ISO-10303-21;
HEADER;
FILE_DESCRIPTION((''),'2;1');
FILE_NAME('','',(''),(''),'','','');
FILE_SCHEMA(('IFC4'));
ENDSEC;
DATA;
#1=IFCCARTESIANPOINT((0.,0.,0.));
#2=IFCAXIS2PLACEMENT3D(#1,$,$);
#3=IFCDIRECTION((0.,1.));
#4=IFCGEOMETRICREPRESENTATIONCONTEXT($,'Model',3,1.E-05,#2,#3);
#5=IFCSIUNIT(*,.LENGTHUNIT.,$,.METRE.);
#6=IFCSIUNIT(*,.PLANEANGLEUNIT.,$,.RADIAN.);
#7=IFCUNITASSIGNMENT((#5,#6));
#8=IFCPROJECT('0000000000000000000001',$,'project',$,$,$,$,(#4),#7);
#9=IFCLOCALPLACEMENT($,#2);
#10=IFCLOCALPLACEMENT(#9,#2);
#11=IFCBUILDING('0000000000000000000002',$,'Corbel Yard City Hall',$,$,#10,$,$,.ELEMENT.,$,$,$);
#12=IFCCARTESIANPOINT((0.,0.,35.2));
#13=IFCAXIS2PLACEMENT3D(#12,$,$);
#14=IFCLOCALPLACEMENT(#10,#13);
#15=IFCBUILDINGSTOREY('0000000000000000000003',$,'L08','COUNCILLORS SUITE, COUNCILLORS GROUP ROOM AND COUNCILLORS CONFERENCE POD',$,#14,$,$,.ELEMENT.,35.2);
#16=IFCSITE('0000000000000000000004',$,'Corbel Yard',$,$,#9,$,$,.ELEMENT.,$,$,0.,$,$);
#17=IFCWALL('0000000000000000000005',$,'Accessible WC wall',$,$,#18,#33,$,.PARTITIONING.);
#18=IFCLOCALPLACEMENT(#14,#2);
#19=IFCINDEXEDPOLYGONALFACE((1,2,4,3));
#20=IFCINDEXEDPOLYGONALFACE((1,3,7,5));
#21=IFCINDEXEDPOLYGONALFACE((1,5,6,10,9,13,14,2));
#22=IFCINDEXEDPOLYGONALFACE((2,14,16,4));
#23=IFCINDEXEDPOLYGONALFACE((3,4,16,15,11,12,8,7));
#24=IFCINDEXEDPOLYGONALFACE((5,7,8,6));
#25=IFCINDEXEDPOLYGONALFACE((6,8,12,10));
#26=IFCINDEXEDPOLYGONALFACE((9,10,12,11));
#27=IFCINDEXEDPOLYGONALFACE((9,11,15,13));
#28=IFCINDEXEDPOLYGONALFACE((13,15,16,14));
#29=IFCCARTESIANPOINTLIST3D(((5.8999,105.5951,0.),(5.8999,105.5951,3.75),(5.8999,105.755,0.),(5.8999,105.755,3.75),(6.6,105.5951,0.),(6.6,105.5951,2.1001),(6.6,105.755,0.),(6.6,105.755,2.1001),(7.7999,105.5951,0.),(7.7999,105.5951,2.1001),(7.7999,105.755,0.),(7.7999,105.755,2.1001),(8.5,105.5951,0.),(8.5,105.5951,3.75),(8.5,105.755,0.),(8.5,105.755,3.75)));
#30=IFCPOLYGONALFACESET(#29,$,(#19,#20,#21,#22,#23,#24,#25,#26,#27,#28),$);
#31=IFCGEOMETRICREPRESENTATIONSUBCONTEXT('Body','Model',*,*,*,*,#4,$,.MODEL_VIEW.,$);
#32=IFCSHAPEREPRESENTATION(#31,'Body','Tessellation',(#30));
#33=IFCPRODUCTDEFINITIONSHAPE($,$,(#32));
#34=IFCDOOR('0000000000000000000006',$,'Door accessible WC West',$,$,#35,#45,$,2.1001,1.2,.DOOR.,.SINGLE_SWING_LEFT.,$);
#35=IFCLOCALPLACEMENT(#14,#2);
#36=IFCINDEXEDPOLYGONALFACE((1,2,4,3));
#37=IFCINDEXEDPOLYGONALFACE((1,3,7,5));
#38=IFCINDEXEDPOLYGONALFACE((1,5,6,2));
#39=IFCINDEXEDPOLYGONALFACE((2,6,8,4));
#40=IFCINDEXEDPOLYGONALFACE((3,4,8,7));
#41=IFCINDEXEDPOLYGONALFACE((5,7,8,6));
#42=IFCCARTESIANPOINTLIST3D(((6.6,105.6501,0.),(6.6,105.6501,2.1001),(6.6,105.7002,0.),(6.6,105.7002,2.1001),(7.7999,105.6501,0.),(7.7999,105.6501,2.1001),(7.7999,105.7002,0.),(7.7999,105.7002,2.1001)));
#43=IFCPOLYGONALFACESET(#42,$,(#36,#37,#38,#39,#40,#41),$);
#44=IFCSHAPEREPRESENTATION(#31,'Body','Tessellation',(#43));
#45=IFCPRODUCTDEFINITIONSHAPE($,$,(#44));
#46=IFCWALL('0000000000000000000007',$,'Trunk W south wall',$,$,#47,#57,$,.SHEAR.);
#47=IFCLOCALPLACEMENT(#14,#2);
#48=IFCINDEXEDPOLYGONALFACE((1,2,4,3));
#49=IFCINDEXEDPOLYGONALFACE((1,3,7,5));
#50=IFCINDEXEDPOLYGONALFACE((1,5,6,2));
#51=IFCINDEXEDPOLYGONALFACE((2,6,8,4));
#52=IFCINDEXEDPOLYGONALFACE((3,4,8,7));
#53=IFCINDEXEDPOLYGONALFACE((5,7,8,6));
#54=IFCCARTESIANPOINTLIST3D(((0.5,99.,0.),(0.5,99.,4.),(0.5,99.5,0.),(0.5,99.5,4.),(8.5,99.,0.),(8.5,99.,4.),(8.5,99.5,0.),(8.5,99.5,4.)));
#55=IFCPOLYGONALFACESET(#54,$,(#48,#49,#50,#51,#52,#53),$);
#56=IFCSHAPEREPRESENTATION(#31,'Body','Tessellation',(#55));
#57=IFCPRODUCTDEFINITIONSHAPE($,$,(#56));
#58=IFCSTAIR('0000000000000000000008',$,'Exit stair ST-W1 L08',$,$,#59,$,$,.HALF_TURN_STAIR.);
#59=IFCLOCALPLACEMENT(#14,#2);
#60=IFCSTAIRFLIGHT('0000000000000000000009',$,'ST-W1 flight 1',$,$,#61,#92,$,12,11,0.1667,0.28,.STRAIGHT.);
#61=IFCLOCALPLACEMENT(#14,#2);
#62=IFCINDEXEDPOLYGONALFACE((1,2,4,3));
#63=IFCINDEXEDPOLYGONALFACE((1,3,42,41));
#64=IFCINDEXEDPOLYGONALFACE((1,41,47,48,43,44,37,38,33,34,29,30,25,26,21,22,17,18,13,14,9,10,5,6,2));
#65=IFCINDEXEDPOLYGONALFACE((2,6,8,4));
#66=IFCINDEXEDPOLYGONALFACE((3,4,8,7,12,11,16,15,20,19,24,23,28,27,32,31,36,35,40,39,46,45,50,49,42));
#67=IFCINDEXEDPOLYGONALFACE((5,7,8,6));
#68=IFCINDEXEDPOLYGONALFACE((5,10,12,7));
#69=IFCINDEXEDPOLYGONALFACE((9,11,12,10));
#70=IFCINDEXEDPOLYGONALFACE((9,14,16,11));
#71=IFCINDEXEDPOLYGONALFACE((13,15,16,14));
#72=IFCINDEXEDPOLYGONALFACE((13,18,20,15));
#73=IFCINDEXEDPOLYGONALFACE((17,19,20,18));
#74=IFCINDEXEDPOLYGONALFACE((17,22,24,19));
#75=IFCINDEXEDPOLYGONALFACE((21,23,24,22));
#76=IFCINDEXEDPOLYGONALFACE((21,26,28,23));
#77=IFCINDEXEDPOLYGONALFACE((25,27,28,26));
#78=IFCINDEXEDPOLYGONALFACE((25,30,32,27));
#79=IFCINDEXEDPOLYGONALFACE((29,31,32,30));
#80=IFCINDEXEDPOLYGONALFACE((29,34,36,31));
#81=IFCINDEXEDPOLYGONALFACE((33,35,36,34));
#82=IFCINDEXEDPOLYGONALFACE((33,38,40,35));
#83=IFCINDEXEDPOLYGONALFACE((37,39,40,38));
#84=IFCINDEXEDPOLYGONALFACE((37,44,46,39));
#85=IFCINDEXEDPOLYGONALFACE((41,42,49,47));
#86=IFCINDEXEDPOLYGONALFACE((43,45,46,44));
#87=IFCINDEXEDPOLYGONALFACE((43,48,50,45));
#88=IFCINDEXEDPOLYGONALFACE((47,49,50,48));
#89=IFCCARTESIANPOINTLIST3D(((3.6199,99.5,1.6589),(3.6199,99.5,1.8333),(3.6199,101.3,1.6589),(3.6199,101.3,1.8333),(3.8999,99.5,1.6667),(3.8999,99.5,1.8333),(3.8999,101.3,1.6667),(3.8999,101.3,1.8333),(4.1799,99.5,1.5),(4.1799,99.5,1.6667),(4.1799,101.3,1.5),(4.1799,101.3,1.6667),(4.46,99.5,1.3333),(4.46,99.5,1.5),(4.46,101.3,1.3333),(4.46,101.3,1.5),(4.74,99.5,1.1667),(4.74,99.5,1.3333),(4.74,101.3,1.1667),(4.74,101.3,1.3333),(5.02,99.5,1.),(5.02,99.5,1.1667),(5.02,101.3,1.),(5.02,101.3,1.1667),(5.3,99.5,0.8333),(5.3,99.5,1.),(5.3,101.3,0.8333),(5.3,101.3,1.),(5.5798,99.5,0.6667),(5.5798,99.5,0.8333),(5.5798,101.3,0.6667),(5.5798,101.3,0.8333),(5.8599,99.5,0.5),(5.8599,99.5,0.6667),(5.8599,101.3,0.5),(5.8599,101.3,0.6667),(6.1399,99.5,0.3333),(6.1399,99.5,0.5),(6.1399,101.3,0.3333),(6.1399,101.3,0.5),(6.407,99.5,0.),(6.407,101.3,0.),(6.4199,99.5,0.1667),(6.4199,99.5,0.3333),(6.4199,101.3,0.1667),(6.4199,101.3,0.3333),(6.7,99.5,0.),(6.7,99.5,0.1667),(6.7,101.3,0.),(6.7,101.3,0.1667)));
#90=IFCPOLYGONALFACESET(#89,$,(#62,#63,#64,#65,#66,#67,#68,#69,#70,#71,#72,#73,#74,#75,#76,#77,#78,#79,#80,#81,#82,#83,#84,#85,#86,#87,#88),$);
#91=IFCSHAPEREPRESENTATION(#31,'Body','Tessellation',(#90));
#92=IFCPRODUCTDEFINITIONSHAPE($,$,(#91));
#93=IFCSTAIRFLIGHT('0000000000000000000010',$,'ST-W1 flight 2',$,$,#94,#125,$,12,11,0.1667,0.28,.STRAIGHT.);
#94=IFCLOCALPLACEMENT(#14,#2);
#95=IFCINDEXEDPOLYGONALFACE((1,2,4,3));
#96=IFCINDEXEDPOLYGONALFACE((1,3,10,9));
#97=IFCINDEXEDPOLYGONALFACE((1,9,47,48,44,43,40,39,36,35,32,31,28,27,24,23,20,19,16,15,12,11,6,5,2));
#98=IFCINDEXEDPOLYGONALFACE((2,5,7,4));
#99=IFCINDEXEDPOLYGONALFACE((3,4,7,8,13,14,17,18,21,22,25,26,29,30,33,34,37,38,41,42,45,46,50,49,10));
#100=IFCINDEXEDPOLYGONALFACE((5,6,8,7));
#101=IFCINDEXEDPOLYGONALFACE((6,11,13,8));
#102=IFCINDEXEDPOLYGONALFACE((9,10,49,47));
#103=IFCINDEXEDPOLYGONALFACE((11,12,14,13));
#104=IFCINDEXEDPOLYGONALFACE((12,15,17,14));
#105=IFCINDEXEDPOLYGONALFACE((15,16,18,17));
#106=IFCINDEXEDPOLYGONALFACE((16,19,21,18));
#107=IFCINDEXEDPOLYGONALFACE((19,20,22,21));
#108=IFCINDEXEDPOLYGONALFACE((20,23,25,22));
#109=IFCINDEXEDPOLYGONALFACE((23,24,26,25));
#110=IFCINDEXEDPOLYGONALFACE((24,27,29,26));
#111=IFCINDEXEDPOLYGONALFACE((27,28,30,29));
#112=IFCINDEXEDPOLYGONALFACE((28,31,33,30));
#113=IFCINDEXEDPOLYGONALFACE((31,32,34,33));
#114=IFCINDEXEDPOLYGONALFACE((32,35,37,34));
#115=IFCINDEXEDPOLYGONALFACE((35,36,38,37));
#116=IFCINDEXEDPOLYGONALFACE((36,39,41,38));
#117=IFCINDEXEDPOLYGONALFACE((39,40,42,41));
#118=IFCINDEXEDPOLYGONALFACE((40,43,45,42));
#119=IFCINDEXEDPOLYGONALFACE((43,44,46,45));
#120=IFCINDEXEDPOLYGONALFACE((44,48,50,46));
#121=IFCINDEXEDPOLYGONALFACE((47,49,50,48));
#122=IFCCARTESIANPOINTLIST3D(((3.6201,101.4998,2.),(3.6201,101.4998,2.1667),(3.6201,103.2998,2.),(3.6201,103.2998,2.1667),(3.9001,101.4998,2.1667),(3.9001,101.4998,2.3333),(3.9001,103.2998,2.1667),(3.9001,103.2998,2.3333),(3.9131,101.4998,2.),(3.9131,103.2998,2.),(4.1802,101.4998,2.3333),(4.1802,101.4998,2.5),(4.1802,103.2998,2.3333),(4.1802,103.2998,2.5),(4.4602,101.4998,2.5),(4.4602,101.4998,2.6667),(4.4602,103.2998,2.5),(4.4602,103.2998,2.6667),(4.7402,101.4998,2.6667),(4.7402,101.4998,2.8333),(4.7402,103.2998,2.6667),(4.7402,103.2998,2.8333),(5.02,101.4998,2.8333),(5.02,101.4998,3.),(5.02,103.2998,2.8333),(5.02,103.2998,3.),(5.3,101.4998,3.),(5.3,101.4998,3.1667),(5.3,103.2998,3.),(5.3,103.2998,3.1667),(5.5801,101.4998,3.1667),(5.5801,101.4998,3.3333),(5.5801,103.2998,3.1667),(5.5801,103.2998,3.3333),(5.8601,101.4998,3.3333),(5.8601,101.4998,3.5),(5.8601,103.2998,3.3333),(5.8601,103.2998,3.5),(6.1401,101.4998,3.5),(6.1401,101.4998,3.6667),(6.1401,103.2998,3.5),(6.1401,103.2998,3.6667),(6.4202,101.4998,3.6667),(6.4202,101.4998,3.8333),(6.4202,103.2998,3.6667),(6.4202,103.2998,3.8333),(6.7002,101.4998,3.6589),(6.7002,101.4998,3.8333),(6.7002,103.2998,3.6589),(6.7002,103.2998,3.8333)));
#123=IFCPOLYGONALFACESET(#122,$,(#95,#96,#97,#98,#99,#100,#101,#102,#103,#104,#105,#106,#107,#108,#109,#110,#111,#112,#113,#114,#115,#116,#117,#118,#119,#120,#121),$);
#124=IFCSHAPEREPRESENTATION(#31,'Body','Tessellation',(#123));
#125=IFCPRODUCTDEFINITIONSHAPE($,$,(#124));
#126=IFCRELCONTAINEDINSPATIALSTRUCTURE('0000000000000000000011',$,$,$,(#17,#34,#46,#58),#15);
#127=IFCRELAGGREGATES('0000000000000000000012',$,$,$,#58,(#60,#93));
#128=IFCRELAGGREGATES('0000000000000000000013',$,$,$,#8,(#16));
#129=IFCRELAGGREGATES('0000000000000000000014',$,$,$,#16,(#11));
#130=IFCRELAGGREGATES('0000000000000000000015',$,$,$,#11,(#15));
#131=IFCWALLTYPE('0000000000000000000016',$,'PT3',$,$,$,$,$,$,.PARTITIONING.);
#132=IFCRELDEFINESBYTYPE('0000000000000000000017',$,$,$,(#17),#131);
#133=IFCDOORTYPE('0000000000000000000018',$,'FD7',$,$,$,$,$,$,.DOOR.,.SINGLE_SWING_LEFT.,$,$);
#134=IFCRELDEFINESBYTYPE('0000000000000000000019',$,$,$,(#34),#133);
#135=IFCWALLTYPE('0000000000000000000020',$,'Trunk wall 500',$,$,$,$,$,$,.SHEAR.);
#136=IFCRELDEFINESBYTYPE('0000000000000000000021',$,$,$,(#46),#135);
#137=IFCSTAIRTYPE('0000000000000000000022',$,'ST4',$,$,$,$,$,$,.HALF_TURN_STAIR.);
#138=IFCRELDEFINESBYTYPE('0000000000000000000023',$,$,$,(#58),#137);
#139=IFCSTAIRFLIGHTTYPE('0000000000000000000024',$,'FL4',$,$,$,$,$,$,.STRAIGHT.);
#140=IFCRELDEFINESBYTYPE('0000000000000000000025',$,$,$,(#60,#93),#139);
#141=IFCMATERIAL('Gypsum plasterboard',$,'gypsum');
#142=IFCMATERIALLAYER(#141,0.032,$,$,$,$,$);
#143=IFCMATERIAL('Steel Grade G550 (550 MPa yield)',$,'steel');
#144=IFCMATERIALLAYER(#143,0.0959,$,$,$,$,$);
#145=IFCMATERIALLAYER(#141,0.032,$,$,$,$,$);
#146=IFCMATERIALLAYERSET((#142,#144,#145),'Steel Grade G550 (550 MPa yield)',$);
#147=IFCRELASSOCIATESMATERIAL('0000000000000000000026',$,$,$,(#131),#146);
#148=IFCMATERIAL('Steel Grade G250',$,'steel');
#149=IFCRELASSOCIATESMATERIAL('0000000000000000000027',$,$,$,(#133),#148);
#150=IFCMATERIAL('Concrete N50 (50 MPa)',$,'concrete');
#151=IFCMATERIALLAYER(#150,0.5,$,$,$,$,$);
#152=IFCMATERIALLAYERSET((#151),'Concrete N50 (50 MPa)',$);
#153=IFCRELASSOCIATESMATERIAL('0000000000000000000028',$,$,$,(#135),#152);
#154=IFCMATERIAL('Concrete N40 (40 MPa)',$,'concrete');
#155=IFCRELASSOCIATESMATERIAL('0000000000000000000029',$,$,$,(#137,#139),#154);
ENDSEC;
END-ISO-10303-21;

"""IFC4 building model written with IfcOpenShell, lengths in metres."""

from ifc_helpers import new_model, si_unit, direction, frame, frame_2d, origin, place, context, subcontext, project, spatial, polyline, rectangle, outline, extrude, material, layer, layer_set, type_object, element, fill, aggregate, save


model = new_model("IFC4")

# Units and contexts
model_context = context("Model", 3, precision=1e-05, world=origin(), true_north=direction((0.0, 1.0)))
body_context = subcontext(model_context, "Body", "Model", "MODEL_VIEW")
ifc_project = project(units=[si_unit("LENGTHUNIT", "METRE"), si_unit("PLANEANGLEUNIT", "RADIAN")], contexts=[model_context])

# Site, building, storey
site_placement = place(None, origin())
site = spatial("IfcSite", under=ifc_project, at=site_placement, Name="Corbel Yard", CompositionType="ELEMENT", RefElevation=0.0)
building_placement = place(site_placement, origin())
building = spatial("IfcBuilding", under=site, at=building_placement, Name="Corbel Yard City Hall", CompositionType="ELEMENT")
storey_placement = place(building_placement, frame((0.0, 0.0, 35.2)))
storey = spatial("IfcBuildingStorey", under=building, at=storey_placement, Name="L08", Description="COUNCILLORS SUITE, COUNCILLORS GROUP ROOM AND COUNCILLORS CONFERENCE POD", CompositionType="ELEMENT", Elevation=35.2)

# Shared definitions
ifc_material_1 = material(Name="Concrete N40 (40 MPa)", Category="concrete")

# Wall, opening, door
ifc_material_2 = material(Name="Gypsum plasterboard", Category="gypsum")
ifc_layer_1 = layer(ifc_material_2, 0.032)
ifc_material_3 = material(Name="Steel Grade G550 (550 MPa yield)", Category="steel")
ifc_layer_2 = layer(ifc_material_3, 0.0959)
ifc_layer_3 = layer(ifc_material_2, 0.032)
ifc_layer_set_1 = layer_set([ifc_layer_1, ifc_layer_2, ifc_layer_3], Name="Steel Grade G550 (550 MPa yield)")
wall_type_1 = type_object("IfcWallType", Name="PT3", PredefinedType="PARTITIONING", material=ifc_layer_set_1)
wall_1_placement = place(storey_placement, frame((8.5, 105.675, 0.0), z_axis=(0.0, 0.0, 1.0), x_axis=(-1.0, 0.0, 0.0)))
wall_1 = element("IfcWall", 1, at=wall_1_placement, inside=storey, type_object=wall_type_1, Name="Accessible WC wall", PredefinedType="PARTITIONING", context=body_context, shape_type="SweptSolid", body=[
    extrude(rectangle(XDim=2.6001, YDim=0.1599, at=frame_2d((1.3, 0.0))), origin(), (0.0, 0.0, 1.0), 3.75),
])
opening_1_placement = place(wall_1_placement, frame((0.7, 0.0, 0.0)))
opening_1 = element("IfcOpeningElement", 2, at=opening_1_placement, cuts=wall_1, PredefinedType="OPENING", context=body_context, shape_type="SweptSolid", body=[
    extrude(rectangle(XDim=1.2, YDim=2.1001, at=frame_2d((0.6001, 1.05))), frame((0.0, 0.0898, 0.0), z_axis=(0.0, -1.0, 0.0), x_axis=(1.0, 0.0, 0.0)), (0.0, 0.0, 1.0), 0.1799),
])
ifc_material_4 = material(Name="Steel Grade G250", Category="steel")
door_type_1 = type_object("IfcDoorType", Name="FD7", OperationType="SINGLE_SWING_LEFT", PredefinedType="DOOR", material=ifc_material_4)
door_1_placement = place(opening_1_placement, origin())
door_1 = element("IfcDoor", 3, at=door_1_placement, inside=storey, type_object=door_type_1, Name="Door accessible WC West", OperationType="SINGLE_SWING_LEFT", OverallHeight=2.1001, OverallWidth=1.2, PredefinedType="DOOR", context=body_context, shape_type="SweptSolid", body=[
    extrude(rectangle(XDim=1.2, YDim=2.1001, at=frame_2d((0.6001, 1.05))), frame((0.0, 0.0249, 0.0), z_axis=(0.0, -1.0, 0.0), x_axis=(1.0, 0.0, 0.0)), (0.0, 0.0, 1.0), 0.05),
])
fill(opening_1, door_1)

# Wall
ifc_material_5 = material(Name="Concrete N50 (50 MPa)", Category="concrete")
ifc_layer_4 = layer(ifc_material_5, 0.5)
ifc_layer_set_2 = layer_set([ifc_layer_4], Name="Concrete N50 (50 MPa)")
wall_type_2 = type_object("IfcWallType", Name="Trunk wall 500", PredefinedType="SHEAR", material=ifc_layer_set_2)
wall_2_placement = place(storey_placement, frame((0.5, 99.25, 0.0), z_axis=(0.0, 0.0, 1.0), x_axis=(1.0, 0.0, 0.0)))
element("IfcWall", 4, at=wall_2_placement, inside=storey, type_object=wall_type_2, Name="Trunk W south wall", PredefinedType="SHEAR", context=body_context, shape_type="SweptSolid", body=[
    extrude(rectangle(XDim=8.0, YDim=0.5, at=frame_2d((4.0, 0.0))), origin(), (0.0, 0.0, 1.0), 4.0),
])

# Stair, stair flights
stair_type = type_object("IfcStairType", Name="ST4", PredefinedType="HALF_TURN_STAIR", material=ifc_material_1)
stair_placement = place(storey_placement, origin())
stair = element("IfcStair", 5, at=stair_placement, inside=storey, type_object=stair_type, Name="Exit stair ST-W1 L08", PredefinedType="HALF_TURN_STAIR")
stair_flight_type = type_object("IfcStairFlightType", Name="FL4", PredefinedType="STRAIGHT", material=ifc_material_1)
stair_flight_1_placement = place(storey_placement, frame((6.7, 100.3999, 0.0), z_axis=(0.0, 0.0, 1.0), x_axis=(-1.0, 0.0, 0.0)))
stair_flight_1 = element("IfcStairFlight", 6, at=stair_flight_1_placement, type_object=stair_flight_type, Name="ST-W1 flight 1", NumberOfRisers=12, NumberOfTreads=11, PredefinedType="STRAIGHT", RiserHeight=0.1667, TreadLength=0.28, context=body_context, shape_type="SweptSolid", body=[
    extrude(outline(polyline([(0.0, 0.0), (0.0, 0.1667), (0.28, 0.1667), (0.28, 0.3333), (0.5601, 0.3333), (0.5601, 0.5), (0.8401, 0.5), (0.8401, 0.6667), (1.1201, 0.6667), (1.1201, 0.8333), (1.3999, 0.8333), (1.3999, 1.0), (1.6799, 1.0), (1.6799, 1.1667), (1.96, 1.1667), (1.96, 1.3333), (2.24, 1.3333), (2.24, 1.5), (2.52, 1.5), (2.52, 1.6667), (2.8, 1.6667), (2.8, 1.8333), (3.0801, 1.8333), (3.0801, 2.0), (3.0801, 1.6589), (0.293, 0.0), (0.0, 0.0)])), frame((0.0, 0.8999, 0.0), z_axis=(0.0, -1.0, 0.0), x_axis=(1.0, 0.0, 0.0)), (0.0, 0.0, 1.0), 1.8),
])
stair_flight_2_placement = place(storey_placement, frame((3.6201, 102.3999, 2.0), z_axis=(0.0, 0.0, 1.0), x_axis=(1.0, 0.0, 0.0)))
stair_flight_2 = element("IfcStairFlight", 7, at=stair_flight_2_placement, type_object=stair_flight_type, Name="ST-W1 flight 2", NumberOfRisers=12, NumberOfTreads=11, PredefinedType="STRAIGHT", RiserHeight=0.1667, TreadLength=0.28, context=body_context, shape_type="SweptSolid", body=[
    extrude(outline(polyline([(0.0, 0.0), (0.0, 0.1667), (0.28, 0.1667), (0.28, 0.3333), (0.5601, 0.3333), (0.5601, 0.5), (0.8401, 0.5), (0.8401, 0.6667), (1.1201, 0.6667), (1.1201, 0.8333), (1.3999, 0.8333), (1.3999, 1.0), (1.6799, 1.0), (1.6799, 1.1667), (1.96, 1.1667), (1.96, 1.3333), (2.24, 1.3333), (2.24, 1.5), (2.52, 1.5), (2.52, 1.6667), (2.8, 1.6667), (2.8, 1.8333), (3.0801, 1.8333), (3.0801, 2.0), (3.0801, 1.6589), (0.293, 0.0), (0.0, 0.0)])), frame((0.0, 0.8999, 0.0), z_axis=(0.0, -1.0, 0.0), x_axis=(1.0, 0.0, 0.0)), (0.0, 0.0, 1.0), 1.8),
])
aggregate(stair, [stair_flight_1, stair_flight_2])

save(model, "model.ifc")
